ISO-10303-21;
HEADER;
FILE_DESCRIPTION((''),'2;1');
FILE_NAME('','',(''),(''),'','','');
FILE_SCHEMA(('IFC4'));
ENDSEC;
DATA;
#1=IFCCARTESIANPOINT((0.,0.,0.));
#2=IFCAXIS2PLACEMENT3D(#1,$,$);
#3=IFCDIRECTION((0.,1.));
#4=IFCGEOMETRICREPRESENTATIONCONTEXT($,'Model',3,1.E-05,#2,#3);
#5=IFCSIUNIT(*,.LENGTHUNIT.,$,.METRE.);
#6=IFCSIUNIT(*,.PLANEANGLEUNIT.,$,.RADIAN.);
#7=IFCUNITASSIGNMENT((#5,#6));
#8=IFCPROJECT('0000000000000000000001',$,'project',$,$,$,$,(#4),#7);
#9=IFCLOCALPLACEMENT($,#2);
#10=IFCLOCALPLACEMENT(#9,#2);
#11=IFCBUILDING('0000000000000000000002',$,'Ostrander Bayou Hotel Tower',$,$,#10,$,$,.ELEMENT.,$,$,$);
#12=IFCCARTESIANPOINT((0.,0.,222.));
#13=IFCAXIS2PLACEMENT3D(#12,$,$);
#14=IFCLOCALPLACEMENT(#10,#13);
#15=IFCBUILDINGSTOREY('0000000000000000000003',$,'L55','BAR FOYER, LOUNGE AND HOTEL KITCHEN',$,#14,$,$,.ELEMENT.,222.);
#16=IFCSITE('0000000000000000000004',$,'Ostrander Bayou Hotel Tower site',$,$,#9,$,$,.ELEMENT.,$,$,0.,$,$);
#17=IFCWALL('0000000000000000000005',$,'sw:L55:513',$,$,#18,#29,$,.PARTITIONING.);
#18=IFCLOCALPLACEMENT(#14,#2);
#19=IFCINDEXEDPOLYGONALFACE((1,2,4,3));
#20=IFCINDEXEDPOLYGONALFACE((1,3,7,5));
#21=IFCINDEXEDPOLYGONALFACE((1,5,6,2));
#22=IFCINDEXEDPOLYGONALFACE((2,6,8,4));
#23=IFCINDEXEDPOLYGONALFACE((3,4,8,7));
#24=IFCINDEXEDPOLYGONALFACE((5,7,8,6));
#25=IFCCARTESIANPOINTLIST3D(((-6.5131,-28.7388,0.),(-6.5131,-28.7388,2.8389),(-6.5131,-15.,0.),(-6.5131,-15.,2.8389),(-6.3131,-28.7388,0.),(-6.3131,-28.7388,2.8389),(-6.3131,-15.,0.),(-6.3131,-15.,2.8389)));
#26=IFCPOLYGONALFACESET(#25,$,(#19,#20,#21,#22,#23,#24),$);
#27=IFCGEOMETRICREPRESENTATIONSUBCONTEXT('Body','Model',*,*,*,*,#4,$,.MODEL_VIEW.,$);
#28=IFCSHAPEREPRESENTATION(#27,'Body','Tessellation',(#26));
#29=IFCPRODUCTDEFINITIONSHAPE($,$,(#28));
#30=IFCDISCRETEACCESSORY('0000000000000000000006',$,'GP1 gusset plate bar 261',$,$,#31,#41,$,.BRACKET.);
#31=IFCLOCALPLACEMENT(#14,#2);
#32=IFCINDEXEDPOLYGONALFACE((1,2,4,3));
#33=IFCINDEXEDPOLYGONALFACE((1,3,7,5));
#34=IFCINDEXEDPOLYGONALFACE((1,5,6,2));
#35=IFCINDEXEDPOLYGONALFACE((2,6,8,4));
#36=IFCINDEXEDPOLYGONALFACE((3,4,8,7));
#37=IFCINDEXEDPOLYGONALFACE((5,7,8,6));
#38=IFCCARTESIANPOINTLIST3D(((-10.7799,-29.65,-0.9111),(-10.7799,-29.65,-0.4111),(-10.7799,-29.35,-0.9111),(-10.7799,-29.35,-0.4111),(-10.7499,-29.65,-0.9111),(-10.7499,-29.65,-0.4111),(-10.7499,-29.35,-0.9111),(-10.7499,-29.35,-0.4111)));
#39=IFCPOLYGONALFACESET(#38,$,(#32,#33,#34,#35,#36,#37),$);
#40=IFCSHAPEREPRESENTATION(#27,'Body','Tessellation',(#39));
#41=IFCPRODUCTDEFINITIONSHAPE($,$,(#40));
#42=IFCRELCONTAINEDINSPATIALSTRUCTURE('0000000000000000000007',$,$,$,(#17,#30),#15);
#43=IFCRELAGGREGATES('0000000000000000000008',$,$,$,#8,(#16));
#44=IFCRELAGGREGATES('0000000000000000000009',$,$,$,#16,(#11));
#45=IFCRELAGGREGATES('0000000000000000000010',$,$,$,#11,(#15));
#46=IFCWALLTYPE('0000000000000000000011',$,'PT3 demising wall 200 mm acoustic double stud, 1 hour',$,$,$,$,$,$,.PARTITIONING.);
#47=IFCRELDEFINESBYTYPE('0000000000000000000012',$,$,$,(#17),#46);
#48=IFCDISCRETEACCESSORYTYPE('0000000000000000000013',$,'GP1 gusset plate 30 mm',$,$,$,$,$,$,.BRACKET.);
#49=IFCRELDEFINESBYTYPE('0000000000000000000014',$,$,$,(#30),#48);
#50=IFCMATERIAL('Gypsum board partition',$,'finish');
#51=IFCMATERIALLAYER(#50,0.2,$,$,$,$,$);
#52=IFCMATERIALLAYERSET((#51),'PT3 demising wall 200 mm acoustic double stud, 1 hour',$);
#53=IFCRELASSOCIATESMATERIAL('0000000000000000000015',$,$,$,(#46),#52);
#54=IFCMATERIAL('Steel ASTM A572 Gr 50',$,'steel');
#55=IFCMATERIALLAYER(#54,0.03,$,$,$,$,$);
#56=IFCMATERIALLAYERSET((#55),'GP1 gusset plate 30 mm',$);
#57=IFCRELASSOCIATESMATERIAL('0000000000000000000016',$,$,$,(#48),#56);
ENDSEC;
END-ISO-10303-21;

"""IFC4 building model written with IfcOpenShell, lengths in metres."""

from ifc_helpers import new_model, si_unit, direction, frame, frame_2d, origin, origin_2d, place, context, subcontext, project, spatial, rectangle, extrude, material, layer, layer_set, type_object, element, save


model = new_model("IFC4")

# Units and contexts
model_context = context("Model", 3, precision=1e-05, world=origin(), true_north=direction((0.0, 1.0)))
body_context = subcontext(model_context, "Body", "Model", "MODEL_VIEW")
ifc_project = project(units=[si_unit("LENGTHUNIT", "METRE"), si_unit("PLANEANGLEUNIT", "RADIAN")], contexts=[model_context])

# Site, building, storey
site_placement = place(None, origin())
site = spatial("IfcSite", under=ifc_project, at=site_placement, Name="Ostrander Bayou Hotel Tower site", CompositionType="ELEMENT", RefElevation=0.0)
building_placement = place(site_placement, origin())
building = spatial("IfcBuilding", under=site, at=building_placement, Name="Ostrander Bayou Hotel Tower", CompositionType="ELEMENT")
storey_placement = place(building_placement, frame((0.0, 0.0, 222.0)))
storey = spatial("IfcBuildingStorey", under=building, at=storey_placement, Name="L55", Description="BAR FOYER, LOUNGE AND HOTEL KITCHEN", CompositionType="ELEMENT", Elevation=222.0)

# Wall
ifc_material_1 = material(Name="Gypsum board partition", Category="finish")
ifc_layer_1 = layer(ifc_material_1, 0.2)
ifc_layer_set_1 = layer_set([ifc_layer_1], Name="PT3 demising wall 200 mm acoustic double stud, 1 hour")
wall_type = type_object("IfcWallType", Name="PT3 demising wall 200 mm acoustic double stud, 1 hour", PredefinedType="PARTITIONING", material=ifc_layer_set_1)
wall_placement = place(storey_placement, frame((-6.4131, -28.7388, 0.0), z_axis=(0.0, 0.0, 1.0), x_axis=(0.0, 1.0, 0.0)))
element("IfcWall", 1, at=wall_placement, inside=storey, type_object=wall_type, Name="sw:L55:513", PredefinedType="PARTITIONING", context=body_context, shape_type="SweptSolid", body=[
    extrude(rectangle(XDim=13.7388, YDim=0.2, at=frame_2d((6.8694, 0.0))), origin(), (0.0, 0.0, 1.0), 2.8389),
])

# Discrete accessory
ifc_material_2 = material(Name="Steel ASTM A572 Gr 50", Category="steel")
ifc_layer_2 = layer(ifc_material_2, 0.03)
ifc_layer_set_2 = layer_set([ifc_layer_2], Name="GP1 gusset plate 30 mm")
discrete_accessory_type = type_object("IfcDiscreteAccessoryType", Name="GP1 gusset plate 30 mm", PredefinedType="BRACKET", material=ifc_layer_set_2)
discrete_accessory_placement = place(storey_placement, frame((-10.7649, -29.5, -0.9111), z_axis=(0.0, 0.0, 1.0), x_axis=(0.0, 1.0, 0.0)))
element("IfcDiscreteAccessory", 2, at=discrete_accessory_placement, inside=storey, type_object=discrete_accessory_type, Name="GP1 gusset plate bar 261", PredefinedType="BRACKET", context=body_context, shape_type="SweptSolid", body=[
    extrude(rectangle(XDim=0.3, YDim=0.03, at=origin_2d()), origin(), (0.0, 0.0, 1.0), 0.5),
])

save(model, "model.ifc")
